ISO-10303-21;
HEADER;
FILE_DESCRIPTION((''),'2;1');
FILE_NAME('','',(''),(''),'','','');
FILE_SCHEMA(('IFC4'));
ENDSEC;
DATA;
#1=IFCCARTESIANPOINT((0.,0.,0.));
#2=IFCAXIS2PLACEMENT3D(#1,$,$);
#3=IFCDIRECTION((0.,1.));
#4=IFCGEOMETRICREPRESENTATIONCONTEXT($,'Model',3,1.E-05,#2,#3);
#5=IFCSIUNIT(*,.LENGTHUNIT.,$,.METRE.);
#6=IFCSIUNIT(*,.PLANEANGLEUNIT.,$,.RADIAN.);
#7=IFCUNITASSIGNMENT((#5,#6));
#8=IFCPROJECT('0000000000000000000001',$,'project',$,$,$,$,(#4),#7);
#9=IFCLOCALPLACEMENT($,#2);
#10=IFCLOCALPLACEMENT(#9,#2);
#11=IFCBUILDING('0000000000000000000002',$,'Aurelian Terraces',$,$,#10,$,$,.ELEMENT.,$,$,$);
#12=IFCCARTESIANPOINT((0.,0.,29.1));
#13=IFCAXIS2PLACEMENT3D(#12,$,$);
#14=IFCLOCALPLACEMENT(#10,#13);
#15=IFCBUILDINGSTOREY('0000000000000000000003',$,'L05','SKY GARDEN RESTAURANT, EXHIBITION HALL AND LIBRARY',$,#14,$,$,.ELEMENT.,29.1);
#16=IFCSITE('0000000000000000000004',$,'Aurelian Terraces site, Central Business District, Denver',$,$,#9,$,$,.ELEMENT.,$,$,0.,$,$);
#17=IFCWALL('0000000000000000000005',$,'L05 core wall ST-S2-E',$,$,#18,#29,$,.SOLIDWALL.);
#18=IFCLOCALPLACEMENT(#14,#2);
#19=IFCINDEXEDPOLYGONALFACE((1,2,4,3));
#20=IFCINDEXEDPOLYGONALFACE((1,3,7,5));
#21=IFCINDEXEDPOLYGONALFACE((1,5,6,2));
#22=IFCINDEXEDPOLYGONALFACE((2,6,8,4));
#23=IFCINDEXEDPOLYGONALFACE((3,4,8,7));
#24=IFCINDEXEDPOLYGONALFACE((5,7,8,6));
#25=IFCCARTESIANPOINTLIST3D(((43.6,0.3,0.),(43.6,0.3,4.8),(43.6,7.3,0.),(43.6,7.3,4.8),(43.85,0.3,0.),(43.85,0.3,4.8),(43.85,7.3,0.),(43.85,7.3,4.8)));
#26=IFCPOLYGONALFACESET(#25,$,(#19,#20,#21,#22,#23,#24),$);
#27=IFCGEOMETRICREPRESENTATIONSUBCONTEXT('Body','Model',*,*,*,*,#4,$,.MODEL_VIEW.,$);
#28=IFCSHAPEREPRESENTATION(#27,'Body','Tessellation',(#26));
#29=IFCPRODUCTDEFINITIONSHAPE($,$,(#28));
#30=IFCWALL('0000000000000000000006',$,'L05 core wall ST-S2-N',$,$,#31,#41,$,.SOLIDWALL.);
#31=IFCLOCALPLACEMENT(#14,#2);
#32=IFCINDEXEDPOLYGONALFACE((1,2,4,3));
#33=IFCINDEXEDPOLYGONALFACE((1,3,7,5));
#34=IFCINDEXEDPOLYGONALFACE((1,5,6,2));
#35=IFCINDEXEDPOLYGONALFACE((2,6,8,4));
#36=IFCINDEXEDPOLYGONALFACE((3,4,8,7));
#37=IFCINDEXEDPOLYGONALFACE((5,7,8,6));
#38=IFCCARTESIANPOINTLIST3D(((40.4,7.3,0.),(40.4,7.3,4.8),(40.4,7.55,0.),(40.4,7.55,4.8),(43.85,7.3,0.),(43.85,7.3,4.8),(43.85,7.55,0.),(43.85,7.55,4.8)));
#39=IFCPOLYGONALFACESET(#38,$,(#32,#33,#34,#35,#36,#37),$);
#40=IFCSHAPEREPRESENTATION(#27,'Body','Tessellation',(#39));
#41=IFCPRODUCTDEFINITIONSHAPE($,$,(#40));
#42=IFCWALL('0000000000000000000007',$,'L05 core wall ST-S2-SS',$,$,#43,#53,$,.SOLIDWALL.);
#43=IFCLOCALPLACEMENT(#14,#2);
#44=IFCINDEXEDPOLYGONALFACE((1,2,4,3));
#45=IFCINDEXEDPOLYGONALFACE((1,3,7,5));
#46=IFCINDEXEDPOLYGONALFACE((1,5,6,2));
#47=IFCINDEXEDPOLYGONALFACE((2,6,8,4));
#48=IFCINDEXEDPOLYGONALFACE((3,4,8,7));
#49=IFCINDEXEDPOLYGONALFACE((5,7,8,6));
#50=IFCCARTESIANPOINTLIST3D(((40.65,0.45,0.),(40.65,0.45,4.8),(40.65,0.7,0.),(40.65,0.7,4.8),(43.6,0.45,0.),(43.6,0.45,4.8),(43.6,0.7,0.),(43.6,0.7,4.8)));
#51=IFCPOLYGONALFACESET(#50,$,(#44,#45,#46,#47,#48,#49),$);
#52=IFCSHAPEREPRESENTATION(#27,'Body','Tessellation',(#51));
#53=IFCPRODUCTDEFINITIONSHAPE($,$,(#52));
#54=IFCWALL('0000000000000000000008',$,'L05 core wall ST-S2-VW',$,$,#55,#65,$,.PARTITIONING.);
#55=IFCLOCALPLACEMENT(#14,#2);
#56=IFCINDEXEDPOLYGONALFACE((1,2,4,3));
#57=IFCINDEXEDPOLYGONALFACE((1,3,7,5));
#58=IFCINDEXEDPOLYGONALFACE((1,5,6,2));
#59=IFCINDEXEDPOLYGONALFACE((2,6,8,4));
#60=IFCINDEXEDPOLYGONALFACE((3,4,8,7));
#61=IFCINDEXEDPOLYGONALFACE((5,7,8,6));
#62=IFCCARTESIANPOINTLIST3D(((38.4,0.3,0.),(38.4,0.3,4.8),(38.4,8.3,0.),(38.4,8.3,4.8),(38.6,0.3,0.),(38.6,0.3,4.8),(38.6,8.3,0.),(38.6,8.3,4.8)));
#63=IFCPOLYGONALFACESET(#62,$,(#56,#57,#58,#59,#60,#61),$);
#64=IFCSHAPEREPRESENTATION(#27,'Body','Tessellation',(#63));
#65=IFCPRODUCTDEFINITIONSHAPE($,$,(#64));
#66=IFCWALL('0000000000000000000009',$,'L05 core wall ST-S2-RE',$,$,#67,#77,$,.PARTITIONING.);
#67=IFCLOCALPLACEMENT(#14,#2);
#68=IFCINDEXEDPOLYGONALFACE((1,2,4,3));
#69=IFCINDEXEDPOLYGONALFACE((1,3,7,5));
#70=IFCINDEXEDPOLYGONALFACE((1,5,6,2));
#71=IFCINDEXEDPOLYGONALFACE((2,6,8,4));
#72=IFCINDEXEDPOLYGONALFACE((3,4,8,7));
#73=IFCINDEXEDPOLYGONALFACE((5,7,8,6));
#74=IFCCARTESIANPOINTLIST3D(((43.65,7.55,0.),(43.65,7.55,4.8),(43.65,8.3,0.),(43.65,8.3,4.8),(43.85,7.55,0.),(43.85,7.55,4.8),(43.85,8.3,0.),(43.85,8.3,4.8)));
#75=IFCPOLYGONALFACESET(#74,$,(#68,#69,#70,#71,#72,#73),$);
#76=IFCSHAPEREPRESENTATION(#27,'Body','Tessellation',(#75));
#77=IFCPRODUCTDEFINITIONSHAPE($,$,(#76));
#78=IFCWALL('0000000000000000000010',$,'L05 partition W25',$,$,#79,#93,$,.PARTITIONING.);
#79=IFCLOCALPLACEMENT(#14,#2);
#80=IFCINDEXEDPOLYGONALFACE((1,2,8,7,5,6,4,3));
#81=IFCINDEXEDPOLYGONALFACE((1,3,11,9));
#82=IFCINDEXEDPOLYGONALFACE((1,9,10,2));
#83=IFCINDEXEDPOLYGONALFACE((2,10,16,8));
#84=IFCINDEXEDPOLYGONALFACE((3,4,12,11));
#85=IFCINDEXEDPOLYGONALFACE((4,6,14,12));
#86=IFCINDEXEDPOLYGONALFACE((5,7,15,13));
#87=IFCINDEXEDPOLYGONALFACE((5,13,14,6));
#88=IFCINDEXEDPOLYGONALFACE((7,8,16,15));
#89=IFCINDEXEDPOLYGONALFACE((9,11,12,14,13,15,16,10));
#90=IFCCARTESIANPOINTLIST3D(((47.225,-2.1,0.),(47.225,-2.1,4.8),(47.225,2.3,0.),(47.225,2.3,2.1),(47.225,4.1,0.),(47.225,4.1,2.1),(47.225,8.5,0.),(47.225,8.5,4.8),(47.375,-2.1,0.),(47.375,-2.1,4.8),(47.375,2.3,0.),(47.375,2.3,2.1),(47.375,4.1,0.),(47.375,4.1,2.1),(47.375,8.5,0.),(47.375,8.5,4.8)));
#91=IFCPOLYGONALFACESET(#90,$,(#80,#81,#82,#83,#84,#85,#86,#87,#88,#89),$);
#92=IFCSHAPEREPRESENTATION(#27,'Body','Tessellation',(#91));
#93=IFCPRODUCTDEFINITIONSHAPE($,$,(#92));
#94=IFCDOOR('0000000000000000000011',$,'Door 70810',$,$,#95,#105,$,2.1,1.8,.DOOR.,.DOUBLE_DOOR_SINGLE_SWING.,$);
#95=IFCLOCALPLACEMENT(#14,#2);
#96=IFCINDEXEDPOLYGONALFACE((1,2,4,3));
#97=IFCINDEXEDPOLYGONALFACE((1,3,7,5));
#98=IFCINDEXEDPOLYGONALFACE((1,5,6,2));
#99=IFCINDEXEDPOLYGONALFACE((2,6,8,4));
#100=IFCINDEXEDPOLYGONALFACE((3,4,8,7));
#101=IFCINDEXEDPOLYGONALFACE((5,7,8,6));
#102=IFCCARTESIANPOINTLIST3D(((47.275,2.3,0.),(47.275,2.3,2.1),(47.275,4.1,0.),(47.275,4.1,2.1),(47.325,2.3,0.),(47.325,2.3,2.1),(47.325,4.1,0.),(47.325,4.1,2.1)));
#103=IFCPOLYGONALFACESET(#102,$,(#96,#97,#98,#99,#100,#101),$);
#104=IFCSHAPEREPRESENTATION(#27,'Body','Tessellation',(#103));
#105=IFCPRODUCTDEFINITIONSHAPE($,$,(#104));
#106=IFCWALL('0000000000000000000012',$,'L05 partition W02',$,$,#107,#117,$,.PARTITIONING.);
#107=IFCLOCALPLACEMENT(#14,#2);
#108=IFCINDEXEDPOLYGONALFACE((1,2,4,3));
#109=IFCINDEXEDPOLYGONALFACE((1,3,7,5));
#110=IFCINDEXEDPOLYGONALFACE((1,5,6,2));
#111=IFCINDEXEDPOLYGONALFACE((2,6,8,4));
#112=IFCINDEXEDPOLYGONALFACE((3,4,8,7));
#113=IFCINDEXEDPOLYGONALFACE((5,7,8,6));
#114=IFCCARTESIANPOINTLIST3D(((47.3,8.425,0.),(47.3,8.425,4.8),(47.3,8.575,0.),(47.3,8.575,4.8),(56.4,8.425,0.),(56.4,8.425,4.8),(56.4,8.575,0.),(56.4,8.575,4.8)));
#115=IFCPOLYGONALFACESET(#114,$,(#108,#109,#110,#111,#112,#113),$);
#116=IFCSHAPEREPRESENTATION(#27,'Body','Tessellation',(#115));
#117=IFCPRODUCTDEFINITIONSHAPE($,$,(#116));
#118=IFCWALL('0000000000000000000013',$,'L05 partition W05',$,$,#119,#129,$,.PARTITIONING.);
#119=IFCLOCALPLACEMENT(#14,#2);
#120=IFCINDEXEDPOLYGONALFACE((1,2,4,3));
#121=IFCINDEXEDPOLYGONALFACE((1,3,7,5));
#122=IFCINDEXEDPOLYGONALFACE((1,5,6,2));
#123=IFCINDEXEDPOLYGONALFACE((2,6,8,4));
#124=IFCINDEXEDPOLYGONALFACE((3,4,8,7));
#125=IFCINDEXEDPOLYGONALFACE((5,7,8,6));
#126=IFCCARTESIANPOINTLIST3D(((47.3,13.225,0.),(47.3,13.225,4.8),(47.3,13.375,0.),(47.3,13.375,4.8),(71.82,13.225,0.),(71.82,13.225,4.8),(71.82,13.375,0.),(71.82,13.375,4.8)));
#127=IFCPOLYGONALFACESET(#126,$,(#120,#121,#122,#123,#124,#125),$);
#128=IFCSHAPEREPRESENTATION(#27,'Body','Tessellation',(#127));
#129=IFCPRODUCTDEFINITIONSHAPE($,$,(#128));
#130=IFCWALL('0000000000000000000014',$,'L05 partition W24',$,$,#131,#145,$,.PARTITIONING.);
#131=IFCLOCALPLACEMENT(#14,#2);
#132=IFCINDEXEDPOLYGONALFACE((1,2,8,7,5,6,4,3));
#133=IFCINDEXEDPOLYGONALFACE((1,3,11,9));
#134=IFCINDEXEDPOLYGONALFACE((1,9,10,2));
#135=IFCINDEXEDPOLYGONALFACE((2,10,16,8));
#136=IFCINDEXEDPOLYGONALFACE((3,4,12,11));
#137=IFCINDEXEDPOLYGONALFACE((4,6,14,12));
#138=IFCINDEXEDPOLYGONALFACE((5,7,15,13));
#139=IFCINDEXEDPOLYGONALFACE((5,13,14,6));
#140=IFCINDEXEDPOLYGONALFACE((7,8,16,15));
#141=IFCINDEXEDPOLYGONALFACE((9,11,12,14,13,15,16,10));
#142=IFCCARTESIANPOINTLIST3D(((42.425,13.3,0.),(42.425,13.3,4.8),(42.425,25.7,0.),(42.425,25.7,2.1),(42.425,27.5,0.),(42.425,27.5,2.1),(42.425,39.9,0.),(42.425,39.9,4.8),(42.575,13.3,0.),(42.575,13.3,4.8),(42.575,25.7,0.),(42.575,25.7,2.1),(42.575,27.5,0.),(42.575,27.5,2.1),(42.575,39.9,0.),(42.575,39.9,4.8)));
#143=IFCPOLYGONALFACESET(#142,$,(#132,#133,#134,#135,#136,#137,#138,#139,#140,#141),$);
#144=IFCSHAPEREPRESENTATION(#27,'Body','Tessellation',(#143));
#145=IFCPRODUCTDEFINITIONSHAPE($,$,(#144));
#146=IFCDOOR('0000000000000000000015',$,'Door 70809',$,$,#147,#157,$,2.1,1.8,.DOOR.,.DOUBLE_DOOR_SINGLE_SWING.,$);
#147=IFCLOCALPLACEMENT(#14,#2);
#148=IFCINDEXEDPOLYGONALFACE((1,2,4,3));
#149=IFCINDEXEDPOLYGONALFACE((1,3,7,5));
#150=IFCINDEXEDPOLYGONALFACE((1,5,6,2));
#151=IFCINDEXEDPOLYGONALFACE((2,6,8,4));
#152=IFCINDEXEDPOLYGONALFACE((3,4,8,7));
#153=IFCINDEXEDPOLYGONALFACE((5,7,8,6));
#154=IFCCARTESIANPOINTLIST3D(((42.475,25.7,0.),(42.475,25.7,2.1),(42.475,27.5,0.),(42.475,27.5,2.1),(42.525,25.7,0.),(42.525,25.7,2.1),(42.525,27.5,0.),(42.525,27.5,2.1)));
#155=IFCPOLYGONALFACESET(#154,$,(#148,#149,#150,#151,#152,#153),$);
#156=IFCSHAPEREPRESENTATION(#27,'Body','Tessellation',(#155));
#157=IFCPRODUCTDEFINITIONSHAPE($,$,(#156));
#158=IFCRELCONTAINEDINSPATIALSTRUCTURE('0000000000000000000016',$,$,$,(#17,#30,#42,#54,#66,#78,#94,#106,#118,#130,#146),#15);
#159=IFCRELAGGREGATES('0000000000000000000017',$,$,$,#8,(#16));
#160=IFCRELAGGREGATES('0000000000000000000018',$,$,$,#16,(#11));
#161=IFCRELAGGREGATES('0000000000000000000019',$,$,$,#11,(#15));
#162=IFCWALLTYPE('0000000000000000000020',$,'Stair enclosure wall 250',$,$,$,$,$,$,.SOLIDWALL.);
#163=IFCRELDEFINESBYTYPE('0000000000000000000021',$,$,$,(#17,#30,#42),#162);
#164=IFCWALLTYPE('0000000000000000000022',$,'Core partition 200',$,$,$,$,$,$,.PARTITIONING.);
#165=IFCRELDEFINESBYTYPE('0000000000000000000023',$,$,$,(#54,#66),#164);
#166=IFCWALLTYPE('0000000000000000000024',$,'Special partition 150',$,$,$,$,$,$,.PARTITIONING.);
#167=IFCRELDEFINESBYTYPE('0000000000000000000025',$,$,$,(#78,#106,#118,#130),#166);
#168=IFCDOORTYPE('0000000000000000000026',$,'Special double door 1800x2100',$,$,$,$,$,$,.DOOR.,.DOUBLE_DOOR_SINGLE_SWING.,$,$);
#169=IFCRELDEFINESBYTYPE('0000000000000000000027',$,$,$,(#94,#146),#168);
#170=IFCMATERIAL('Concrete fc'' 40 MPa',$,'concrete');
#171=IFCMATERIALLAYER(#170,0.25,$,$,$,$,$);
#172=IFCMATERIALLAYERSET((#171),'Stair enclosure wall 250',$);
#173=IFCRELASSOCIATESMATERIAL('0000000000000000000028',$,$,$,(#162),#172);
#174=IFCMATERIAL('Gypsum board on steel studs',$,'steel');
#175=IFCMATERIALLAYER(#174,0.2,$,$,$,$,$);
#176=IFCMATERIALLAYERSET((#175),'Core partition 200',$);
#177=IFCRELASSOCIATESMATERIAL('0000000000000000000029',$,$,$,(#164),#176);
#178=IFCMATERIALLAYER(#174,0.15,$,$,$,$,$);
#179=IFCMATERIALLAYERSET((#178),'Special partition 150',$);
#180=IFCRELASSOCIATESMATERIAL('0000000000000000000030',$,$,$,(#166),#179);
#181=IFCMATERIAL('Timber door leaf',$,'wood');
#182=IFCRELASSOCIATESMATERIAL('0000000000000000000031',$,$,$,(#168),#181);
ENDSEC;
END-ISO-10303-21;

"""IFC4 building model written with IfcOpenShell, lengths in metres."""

from ifc_helpers import new_model, si_unit, direction, frame, frame_2d, origin, place, context, subcontext, project, spatial, rectangle, extrude, source, transform, mapped, material, layer, layer_set, type_object, element, fill, save


model = new_model("IFC4")

# Units and contexts
model_context = context("Model", 3, precision=1e-05, world=origin(), true_north=direction((0.0, 1.0)))
body_context = subcontext(model_context, "Body", "Model", "MODEL_VIEW")
ifc_project = project(units=[si_unit("LENGTHUNIT", "METRE"), si_unit("PLANEANGLEUNIT", "RADIAN")], contexts=[model_context])

# Site, building, storey
site_placement = place(None, origin())
site = spatial("IfcSite", under=ifc_project, at=site_placement, Name="Aurelian Terraces site, Central Business District, Denver", CompositionType="ELEMENT", RefElevation=0.0)
building_placement = place(site_placement, origin())
building = spatial("IfcBuilding", under=site, at=building_placement, Name="Aurelian Terraces", CompositionType="ELEMENT")
storey_placement = place(building_placement, frame((0.0, 0.0, 29.1)))
storey = spatial("IfcBuildingStorey", under=building, at=storey_placement, Name="L05", Description="SKY GARDEN RESTAURANT, EXHIBITION HALL AND LIBRARY", CompositionType="ELEMENT", Elevation=29.1)

# Shared definitions
ifc_material_1 = material(Name="Concrete fc' 40 MPa", Category="concrete")
ifc_layer_1 = layer(ifc_material_1, 0.25)
ifc_layer_set_1 = layer_set([ifc_layer_1], Name="Stair enclosure wall 250")
wall_type_1 = type_object("IfcWallType", Name="Stair enclosure wall 250", PredefinedType="SOLIDWALL", material=ifc_layer_set_1)
shared_shape_1 = source(origin(), body_context, "Body", "SweptSolid", [
    extrude(rectangle(XDim=7.0, YDim=0.25, at=frame_2d((3.5, 0.0))), origin(), (0.0, 0.0, 1.0), 4.8),
])

# Walls
wall_1_placement = place(storey_placement, frame((43.725, 0.3, 0.0), z_axis=(0.0, 0.0, 1.0), x_axis=(0.0, 1.0, 0.0)))
element("IfcWall", 1, at=wall_1_placement, inside=storey, type_object=wall_type_1, Name="L05 core wall ST-S2-E", PredefinedType="SOLIDWALL", context=body_context, shape_type="MappedRepresentation", body=[
    mapped(shared_shape_1, transform((0.0, 0.0, 0.0), scale=1.0)),
])
shared_shape_2 = source(origin(), body_context, "Body", "SweptSolid", [
    extrude(rectangle(XDim=3.45, YDim=0.25, at=frame_2d((1.725, 0.0))), origin(), (0.0, 0.0, 1.0), 4.8),
])
wall_2_placement = place(storey_placement, frame((40.4, 7.425, 0.0), z_axis=(0.0, 0.0, 1.0), x_axis=(1.0, 0.0, 0.0)))
element("IfcWall", 2, at=wall_2_placement, inside=storey, type_object=wall_type_1, Name="L05 core wall ST-S2-N", PredefinedType="SOLIDWALL", context=body_context, shape_type="MappedRepresentation", body=[
    mapped(shared_shape_2, transform((0.0, 0.0, 0.0), scale=1.0)),
])
shared_shape_3 = source(origin(), body_context, "Body", "SweptSolid", [
    extrude(rectangle(XDim=2.95, YDim=0.25, at=frame_2d((1.475, 0.0))), origin(), (0.0, 0.0, 1.0), 4.8),
])
wall_3_placement = place(storey_placement, frame((40.65, 0.575, 0.0), z_axis=(0.0, 0.0, 1.0), x_axis=(1.0, 0.0, 0.0)))
element("IfcWall", 3, at=wall_3_placement, inside=storey, type_object=wall_type_1, Name="L05 core wall ST-S2-SS", PredefinedType="SOLIDWALL", context=body_context, shape_type="MappedRepresentation", body=[
    mapped(shared_shape_3, transform((0.0, 0.0, 0.0), scale=1.0)),
])
ifc_material_2 = material(Name="Gypsum board on steel studs", Category="steel")
ifc_layer_2 = layer(ifc_material_2, 0.2)
ifc_layer_set_2 = layer_set([ifc_layer_2], Name="Core partition 200")
wall_type_2 = type_object("IfcWallType", Name="Core partition 200", PredefinedType="PARTITIONING", material=ifc_layer_set_2)
shared_shape_4 = source(origin(), body_context, "Body", "SweptSolid", [
    extrude(rectangle(XDim=8.0, YDim=0.2, at=frame_2d((4.0, 0.0))), origin(), (0.0, 0.0, 1.0), 4.8),
])
wall_4_placement = place(storey_placement, frame((38.5, 0.3, 0.0), z_axis=(0.0, 0.0, 1.0), x_axis=(0.0, 1.0, 0.0)))
element("IfcWall", 4, at=wall_4_placement, inside=storey, type_object=wall_type_2, Name="L05 core wall ST-S2-VW", PredefinedType="PARTITIONING", context=body_context, shape_type="MappedRepresentation", body=[
    mapped(shared_shape_4, transform((0.0, 0.0, 0.0), scale=1.0)),
])
shared_shape_5 = source(origin(), body_context, "Body", "SweptSolid", [
    extrude(rectangle(XDim=0.75, YDim=0.2, at=frame_2d((0.375, 0.0))), origin(), (0.0, 0.0, 1.0), 4.8),
])
wall_5_placement = place(storey_placement, frame((43.75, 7.55, 0.0), z_axis=(0.0, 0.0, 1.0), x_axis=(0.0, 1.0, 0.0)))
element("IfcWall", 5, at=wall_5_placement, inside=storey, type_object=wall_type_2, Name="L05 core wall ST-S2-RE", PredefinedType="PARTITIONING", context=body_context, shape_type="MappedRepresentation", body=[
    mapped(shared_shape_5, transform((0.0, 0.0, 0.0), scale=1.0)),
])

# Wall, opening, door
ifc_layer_3 = layer(ifc_material_2, 0.15)
ifc_layer_set_3 = layer_set([ifc_layer_3], Name="Special partition 150")
wall_type_3 = type_object("IfcWallType", Name="Special partition 150", PredefinedType="PARTITIONING", material=ifc_layer_set_3)
shared_shape_6 = source(origin(), body_context, "Body", "SweptSolid", [
    extrude(rectangle(XDim=10.6, YDim=0.15, at=frame_2d((5.3, 0.0))), origin(), (0.0, 0.0, 1.0), 4.8),
])
wall_6_placement = place(storey_placement, frame((47.3, -2.1, 0.0), z_axis=(0.0, 0.0, 1.0), x_axis=(0.0, 1.0, 0.0)))
wall_6 = element("IfcWall", 6, at=wall_6_placement, inside=storey, type_object=wall_type_3, Name="L05 partition W25", PredefinedType="PARTITIONING", context=body_context, shape_type="MappedRepresentation", body=[
    mapped(shared_shape_6, transform((0.0, 0.0, 0.0), scale=1.0)),
])
shared_shape_7 = source(origin(), body_context, "Body", "SweptSolid", [
    extrude(rectangle(XDim=1.8, YDim=2.1, at=frame_2d((0.9, 1.05))), frame((0.0, 0.085, 0.0), z_axis=(0.0, -1.0, 0.0), x_axis=(1.0, 0.0, 0.0)), (0.0, 0.0, 1.0), 0.17),
])
opening_1_placement = place(wall_6_placement, frame((4.4, 0.0, 0.0)))
opening_1 = element("IfcOpeningElement", 7, at=opening_1_placement, cuts=wall_6, PredefinedType="OPENING", context=body_context, shape_type="MappedRepresentation", body=[
    mapped(shared_shape_7, transform((0.0, 0.0, 0.0), scale=1.0)),
])
ifc_material_3 = material(Name="Timber door leaf", Category="wood")
door_type_1 = type_object("IfcDoorType", Name="Special double door 1800x2100", OperationType="DOUBLE_DOOR_SINGLE_SWING", PredefinedType="DOOR", material=ifc_material_3)
shared_shape_8 = source(origin(), body_context, "Body", "SweptSolid", [
    extrude(rectangle(XDim=1.8, YDim=2.1, at=frame_2d((0.9, 1.05))), frame((0.0, 0.025, 0.0), z_axis=(0.0, -1.0, 0.0), x_axis=(1.0, 0.0, 0.0)), (0.0, 0.0, 1.0), 0.05),
])
door_1_placement = place(opening_1_placement, origin())
door_1 = element("IfcDoor", 8, at=door_1_placement, inside=storey, type_object=door_type_1, Name="Door 70810", OperationType="DOUBLE_DOOR_SINGLE_SWING", OverallHeight=2.1, OverallWidth=1.8, PredefinedType="DOOR", context=body_context, shape_type="MappedRepresentation", body=[
    mapped(shared_shape_8, transform((0.0, 0.0, 0.0), scale=1.0)),
])
fill(opening_1, door_1)

# Walls
shared_shape_9 = source(origin(), body_context, "Body", "SweptSolid", [
    extrude(rectangle(XDim=9.1, YDim=0.15, at=frame_2d((4.55, 0.0))), origin(), (0.0, 0.0, 1.0), 4.8),
])
wall_7_placement = place(storey_placement, frame((47.3, 8.5, 0.0), z_axis=(0.0, 0.0, 1.0), x_axis=(1.0, 0.0, 0.0)))
element("IfcWall", 9, at=wall_7_placement, inside=storey, type_object=wall_type_3, Name="L05 partition W02", PredefinedType="PARTITIONING", context=body_context, shape_type="MappedRepresentation", body=[
    mapped(shared_shape_9, transform((0.0, 0.0, 0.0), scale=1.0)),
])
shared_shape_10 = source(origin(), body_context, "Body", "SweptSolid", [
    extrude(rectangle(XDim=24.52, YDim=0.15, at=frame_2d((12.26, 0.0))), origin(), (0.0, 0.0, 1.0), 4.8),
])
wall_8_placement = place(storey_placement, frame((47.3, 13.3, 0.0), z_axis=(0.0, 0.0, 1.0), x_axis=(1.0, 0.0, 0.0)))
element("IfcWall", 10, at=wall_8_placement, inside=storey, type_object=wall_type_3, Name="L05 partition W05", PredefinedType="PARTITIONING", context=body_context, shape_type="MappedRepresentation", body=[
    mapped(shared_shape_10, transform((0.0, 0.0, 0.0), scale=1.0)),
])

# Wall, opening, door
shared_shape_11 = source(origin(), body_context, "Body", "SweptSolid", [
    extrude(rectangle(XDim=26.6, YDim=0.15, at=frame_2d((13.3, 0.0))), origin(), (0.0, 0.0, 1.0), 4.8),
])
wall_9_placement = place(storey_placement, frame((42.5, 13.3, 0.0), z_axis=(0.0, 0.0, 1.0), x_axis=(0.0, 1.0, 0.0)))
wall_9 = element("IfcWall", 11, at=wall_9_placement, inside=storey, type_object=wall_type_3, Name="L05 partition W24", PredefinedType="PARTITIONING", context=body_context, shape_type="MappedRepresentation", body=[
    mapped(shared_shape_11, transform((0.0, 0.0, 0.0), scale=1.0)),
])
opening_2_placement = place(wall_9_placement, frame((12.4, 0.0, 0.0)))
opening_2 = element("IfcOpeningElement", 12, at=opening_2_placement, cuts=wall_9, PredefinedType="OPENING", context=body_context, shape_type="MappedRepresentation", body=[
    mapped(shared_shape_7, transform((0.0, 0.0, 0.0), scale=1.0)),
])
door_2_placement = place(opening_2_placement, origin())
door_2 = element("IfcDoor", 13, at=door_2_placement, inside=storey, type_object=door_type_1, Name="Door 70809", OperationType="DOUBLE_DOOR_SINGLE_SWING", OverallHeight=2.1, OverallWidth=1.8, PredefinedType="DOOR", context=body_context, shape_type="MappedRepresentation", body=[
    mapped(shared_shape_8, transform((0.0, 0.0, 0.0), scale=1.0)),
])
fill(opening_2, door_2)

save(model, "model.ifc")
